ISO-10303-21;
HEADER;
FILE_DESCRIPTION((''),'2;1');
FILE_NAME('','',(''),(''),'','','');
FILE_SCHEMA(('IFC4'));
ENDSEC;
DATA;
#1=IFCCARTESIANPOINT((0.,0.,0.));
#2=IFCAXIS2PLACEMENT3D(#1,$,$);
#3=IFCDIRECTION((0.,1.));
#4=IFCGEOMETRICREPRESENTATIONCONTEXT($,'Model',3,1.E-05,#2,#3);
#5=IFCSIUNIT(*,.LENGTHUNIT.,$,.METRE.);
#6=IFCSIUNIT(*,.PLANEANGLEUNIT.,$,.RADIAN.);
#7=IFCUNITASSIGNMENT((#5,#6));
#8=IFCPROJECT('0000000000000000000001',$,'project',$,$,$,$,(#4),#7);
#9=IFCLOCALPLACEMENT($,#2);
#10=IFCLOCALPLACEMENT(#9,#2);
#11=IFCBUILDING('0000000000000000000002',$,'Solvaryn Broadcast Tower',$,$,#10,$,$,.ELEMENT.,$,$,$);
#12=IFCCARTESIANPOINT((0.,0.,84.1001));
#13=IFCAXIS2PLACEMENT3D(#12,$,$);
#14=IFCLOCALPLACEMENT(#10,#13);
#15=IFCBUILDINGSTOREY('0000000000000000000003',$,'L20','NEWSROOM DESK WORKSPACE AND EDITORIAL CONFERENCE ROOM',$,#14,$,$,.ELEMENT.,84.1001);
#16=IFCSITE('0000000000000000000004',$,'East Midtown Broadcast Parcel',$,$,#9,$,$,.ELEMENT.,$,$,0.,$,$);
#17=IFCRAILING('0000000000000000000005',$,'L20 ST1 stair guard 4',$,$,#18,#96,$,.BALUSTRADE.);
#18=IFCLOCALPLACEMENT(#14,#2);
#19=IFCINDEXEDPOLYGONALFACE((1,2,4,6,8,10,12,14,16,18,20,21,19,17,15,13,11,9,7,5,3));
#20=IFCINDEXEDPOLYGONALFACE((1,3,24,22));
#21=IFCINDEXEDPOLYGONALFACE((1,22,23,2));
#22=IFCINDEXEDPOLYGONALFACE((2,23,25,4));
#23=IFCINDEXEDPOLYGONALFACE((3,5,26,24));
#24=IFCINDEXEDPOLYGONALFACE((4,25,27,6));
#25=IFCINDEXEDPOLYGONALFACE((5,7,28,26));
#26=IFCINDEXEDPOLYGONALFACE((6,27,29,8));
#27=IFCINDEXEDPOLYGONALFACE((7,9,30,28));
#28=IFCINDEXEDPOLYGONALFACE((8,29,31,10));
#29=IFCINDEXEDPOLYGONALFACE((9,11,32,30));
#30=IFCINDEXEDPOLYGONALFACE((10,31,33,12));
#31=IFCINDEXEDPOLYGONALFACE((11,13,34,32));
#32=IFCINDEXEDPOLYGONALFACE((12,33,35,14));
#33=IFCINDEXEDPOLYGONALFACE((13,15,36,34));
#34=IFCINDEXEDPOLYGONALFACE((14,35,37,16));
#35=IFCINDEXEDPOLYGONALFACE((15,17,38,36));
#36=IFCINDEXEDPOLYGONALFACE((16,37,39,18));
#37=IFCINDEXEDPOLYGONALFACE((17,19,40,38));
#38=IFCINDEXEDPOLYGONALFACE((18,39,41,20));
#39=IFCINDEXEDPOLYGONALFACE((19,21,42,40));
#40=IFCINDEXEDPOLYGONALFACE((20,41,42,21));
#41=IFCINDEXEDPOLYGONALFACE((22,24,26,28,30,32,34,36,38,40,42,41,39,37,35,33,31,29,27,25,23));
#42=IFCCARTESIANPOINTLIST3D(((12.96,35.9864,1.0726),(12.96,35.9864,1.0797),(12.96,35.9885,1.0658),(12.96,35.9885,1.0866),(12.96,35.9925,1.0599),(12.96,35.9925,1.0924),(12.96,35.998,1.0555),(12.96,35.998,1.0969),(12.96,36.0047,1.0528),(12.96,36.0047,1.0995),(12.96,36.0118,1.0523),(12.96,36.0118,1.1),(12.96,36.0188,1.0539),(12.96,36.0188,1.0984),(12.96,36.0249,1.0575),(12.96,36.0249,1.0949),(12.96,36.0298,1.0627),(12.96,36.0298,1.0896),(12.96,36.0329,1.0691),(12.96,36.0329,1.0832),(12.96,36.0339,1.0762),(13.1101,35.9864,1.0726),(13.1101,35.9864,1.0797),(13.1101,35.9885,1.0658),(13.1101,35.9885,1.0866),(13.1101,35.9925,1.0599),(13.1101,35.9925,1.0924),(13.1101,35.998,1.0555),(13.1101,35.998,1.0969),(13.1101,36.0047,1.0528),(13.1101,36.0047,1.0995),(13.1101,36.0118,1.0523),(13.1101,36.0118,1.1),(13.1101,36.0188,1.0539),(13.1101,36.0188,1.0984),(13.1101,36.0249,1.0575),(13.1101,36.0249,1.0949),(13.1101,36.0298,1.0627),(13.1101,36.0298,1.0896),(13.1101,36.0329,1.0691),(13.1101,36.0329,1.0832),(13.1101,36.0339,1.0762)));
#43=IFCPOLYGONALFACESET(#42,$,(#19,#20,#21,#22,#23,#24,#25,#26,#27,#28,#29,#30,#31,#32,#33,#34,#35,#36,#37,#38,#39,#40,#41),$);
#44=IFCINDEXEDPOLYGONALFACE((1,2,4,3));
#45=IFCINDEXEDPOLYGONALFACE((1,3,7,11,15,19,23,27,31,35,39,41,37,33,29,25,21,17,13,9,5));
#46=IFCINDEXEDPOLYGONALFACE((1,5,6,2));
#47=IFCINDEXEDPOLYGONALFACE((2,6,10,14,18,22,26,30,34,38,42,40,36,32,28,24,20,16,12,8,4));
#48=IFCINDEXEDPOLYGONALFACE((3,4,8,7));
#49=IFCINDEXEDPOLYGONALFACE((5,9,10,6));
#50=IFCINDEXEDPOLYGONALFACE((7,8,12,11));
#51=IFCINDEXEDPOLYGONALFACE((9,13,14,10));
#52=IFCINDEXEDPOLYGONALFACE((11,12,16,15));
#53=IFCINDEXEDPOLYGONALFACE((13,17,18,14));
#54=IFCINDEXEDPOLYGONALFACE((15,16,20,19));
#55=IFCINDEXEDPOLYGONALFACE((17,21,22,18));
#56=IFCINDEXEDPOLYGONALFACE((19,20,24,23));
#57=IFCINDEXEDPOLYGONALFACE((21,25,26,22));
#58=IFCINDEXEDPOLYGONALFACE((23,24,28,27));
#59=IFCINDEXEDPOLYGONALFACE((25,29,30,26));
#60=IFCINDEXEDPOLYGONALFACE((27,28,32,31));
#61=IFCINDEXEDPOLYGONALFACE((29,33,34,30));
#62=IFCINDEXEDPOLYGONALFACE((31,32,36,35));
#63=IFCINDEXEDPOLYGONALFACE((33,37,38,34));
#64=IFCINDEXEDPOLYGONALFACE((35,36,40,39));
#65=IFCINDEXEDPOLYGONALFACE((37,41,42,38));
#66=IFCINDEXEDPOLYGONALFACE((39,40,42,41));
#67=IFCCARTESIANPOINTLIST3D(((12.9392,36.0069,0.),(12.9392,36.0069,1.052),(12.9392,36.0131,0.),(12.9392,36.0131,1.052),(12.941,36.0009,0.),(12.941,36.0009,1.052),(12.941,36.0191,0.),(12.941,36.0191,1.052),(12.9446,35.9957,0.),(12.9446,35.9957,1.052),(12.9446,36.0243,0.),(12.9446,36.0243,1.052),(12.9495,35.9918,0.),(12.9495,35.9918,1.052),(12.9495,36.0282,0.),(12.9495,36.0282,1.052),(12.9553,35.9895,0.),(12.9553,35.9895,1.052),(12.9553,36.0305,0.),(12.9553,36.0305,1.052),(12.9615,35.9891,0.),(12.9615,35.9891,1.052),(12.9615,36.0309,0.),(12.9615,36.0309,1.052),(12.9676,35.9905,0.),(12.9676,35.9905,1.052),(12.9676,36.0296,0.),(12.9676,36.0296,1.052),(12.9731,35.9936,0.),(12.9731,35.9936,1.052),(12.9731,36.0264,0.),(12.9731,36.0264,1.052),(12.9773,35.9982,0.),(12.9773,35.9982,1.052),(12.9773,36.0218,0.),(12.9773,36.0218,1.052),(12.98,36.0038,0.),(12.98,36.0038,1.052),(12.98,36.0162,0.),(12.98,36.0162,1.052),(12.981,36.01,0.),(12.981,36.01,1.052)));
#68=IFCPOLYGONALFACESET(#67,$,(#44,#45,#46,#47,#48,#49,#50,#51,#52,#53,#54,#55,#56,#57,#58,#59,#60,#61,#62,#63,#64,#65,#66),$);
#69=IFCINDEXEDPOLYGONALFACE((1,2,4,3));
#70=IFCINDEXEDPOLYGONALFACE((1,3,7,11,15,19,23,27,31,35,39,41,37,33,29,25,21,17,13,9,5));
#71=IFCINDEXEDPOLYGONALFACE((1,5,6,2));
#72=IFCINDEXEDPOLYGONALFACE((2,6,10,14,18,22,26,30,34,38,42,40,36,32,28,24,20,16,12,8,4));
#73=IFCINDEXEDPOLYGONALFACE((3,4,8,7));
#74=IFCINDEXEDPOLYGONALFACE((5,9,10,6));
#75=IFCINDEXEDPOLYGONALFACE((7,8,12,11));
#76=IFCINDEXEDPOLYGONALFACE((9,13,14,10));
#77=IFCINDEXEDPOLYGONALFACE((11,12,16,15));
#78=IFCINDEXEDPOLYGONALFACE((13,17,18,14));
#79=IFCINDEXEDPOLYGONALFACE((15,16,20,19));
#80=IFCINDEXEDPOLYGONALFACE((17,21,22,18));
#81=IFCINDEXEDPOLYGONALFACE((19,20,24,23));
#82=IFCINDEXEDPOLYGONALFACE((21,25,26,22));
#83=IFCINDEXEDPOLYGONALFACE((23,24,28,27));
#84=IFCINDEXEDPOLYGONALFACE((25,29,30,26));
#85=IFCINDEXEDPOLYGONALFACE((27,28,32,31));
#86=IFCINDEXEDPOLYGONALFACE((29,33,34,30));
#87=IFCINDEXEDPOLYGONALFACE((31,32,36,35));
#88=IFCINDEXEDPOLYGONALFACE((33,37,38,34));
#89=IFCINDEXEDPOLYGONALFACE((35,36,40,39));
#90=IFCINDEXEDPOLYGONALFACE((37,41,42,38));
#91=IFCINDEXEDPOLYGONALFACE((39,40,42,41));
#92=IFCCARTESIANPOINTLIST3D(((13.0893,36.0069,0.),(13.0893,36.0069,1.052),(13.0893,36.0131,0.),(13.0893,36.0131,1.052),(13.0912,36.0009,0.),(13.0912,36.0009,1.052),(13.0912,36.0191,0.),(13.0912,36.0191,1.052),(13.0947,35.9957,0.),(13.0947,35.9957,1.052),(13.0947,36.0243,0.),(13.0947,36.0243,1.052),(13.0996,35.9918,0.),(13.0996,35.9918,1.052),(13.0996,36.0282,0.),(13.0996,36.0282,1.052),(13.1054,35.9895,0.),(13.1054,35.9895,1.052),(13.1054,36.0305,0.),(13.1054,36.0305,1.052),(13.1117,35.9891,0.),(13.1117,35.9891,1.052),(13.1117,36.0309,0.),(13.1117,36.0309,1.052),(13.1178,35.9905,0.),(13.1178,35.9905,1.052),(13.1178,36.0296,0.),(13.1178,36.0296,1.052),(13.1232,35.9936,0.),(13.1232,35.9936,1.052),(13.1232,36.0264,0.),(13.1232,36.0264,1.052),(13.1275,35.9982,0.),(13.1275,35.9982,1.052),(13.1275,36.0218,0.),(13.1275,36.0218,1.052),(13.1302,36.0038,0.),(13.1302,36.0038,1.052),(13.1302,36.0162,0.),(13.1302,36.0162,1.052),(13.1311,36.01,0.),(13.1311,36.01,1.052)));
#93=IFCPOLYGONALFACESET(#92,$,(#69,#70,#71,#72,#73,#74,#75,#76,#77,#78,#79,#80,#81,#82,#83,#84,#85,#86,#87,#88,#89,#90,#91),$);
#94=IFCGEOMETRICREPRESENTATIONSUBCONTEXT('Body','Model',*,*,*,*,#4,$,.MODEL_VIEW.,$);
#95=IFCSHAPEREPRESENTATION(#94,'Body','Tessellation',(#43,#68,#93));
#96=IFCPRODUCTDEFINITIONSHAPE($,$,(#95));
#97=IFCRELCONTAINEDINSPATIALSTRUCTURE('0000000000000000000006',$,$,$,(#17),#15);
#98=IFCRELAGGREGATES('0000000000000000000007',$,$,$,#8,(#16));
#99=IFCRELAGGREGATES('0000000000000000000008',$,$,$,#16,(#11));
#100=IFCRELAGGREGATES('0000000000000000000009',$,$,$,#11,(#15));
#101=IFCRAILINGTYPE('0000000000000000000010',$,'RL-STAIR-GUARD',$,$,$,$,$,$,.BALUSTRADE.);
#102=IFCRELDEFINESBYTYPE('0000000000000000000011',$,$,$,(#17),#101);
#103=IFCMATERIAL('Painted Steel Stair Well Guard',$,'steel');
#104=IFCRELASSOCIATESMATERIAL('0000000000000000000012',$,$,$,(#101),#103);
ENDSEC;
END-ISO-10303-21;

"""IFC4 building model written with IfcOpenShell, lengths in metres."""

from ifc_helpers import new_model, si_unit, direction, frame, origin, origin_2d, place, context, subcontext, project, spatial, circle, extrude, material, type_object, element, save


model = new_model("IFC4")

# Units and contexts
model_context = context("Model", 3, precision=1e-05, world=origin(), true_north=direction((0.0, 1.0)))
body_context = subcontext(model_context, "Body", "Model", "MODEL_VIEW")
ifc_project = project(units=[si_unit("LENGTHUNIT", "METRE"), si_unit("PLANEANGLEUNIT", "RADIAN")], contexts=[model_context])

# Site, building, storey
site_placement = place(None, origin())
site = spatial("IfcSite", under=ifc_project, at=site_placement, Name="East Midtown Broadcast Parcel", CompositionType="ELEMENT", RefElevation=0.0)
building_placement = place(site_placement, origin())
building = spatial("IfcBuilding", under=site, at=building_placement, Name="Solvaryn Broadcast Tower", CompositionType="ELEMENT")
storey_placement = place(building_placement, frame((0.0, 0.0, 84.1001)))
storey = spatial("IfcBuildingStorey", under=building, at=storey_placement, Name="L20", Description="NEWSROOM DESK WORKSPACE AND EDITORIAL CONFERENCE ROOM", CompositionType="ELEMENT", Elevation=84.1001)

# Railing
ifc_material_1 = material(Name="Painted Steel Stair Well Guard", Category="steel")
railing_type_1 = type_object("IfcRailingType", Name="RL-STAIR-GUARD", PredefinedType="BALUSTRADE", material=ifc_material_1)
railing_1_placement = place(storey_placement, frame((12.96, 36.01, 0.0)))
element("IfcRailing", 1, at=railing_1_placement, inside=storey, type_object=railing_type_1, Name="L20 ST1 stair guard 4", PredefinedType="BALUSTRADE", context=body_context, shape_type="SweptSolid", body=[
    extrude(circle(Radius=0.0239, at=origin_2d()), frame((0.0, 0.0, 1.0762), z_axis=(1.0, 0.0, 0.0), x_axis=(0.0, 1.0, 0.0)), (0.0, 0.0, 1.0), 0.1501),
    extrude(circle(Radius=0.021, at=origin_2d()), origin(), (0.0, 0.0, 1.0), 1.052),
    extrude(circle(Radius=0.021, at=origin_2d()), frame((0.1501, 0.0, 0.0)), (0.0, 0.0, 1.0), 1.052),
])

save(model, "model.ifc")
